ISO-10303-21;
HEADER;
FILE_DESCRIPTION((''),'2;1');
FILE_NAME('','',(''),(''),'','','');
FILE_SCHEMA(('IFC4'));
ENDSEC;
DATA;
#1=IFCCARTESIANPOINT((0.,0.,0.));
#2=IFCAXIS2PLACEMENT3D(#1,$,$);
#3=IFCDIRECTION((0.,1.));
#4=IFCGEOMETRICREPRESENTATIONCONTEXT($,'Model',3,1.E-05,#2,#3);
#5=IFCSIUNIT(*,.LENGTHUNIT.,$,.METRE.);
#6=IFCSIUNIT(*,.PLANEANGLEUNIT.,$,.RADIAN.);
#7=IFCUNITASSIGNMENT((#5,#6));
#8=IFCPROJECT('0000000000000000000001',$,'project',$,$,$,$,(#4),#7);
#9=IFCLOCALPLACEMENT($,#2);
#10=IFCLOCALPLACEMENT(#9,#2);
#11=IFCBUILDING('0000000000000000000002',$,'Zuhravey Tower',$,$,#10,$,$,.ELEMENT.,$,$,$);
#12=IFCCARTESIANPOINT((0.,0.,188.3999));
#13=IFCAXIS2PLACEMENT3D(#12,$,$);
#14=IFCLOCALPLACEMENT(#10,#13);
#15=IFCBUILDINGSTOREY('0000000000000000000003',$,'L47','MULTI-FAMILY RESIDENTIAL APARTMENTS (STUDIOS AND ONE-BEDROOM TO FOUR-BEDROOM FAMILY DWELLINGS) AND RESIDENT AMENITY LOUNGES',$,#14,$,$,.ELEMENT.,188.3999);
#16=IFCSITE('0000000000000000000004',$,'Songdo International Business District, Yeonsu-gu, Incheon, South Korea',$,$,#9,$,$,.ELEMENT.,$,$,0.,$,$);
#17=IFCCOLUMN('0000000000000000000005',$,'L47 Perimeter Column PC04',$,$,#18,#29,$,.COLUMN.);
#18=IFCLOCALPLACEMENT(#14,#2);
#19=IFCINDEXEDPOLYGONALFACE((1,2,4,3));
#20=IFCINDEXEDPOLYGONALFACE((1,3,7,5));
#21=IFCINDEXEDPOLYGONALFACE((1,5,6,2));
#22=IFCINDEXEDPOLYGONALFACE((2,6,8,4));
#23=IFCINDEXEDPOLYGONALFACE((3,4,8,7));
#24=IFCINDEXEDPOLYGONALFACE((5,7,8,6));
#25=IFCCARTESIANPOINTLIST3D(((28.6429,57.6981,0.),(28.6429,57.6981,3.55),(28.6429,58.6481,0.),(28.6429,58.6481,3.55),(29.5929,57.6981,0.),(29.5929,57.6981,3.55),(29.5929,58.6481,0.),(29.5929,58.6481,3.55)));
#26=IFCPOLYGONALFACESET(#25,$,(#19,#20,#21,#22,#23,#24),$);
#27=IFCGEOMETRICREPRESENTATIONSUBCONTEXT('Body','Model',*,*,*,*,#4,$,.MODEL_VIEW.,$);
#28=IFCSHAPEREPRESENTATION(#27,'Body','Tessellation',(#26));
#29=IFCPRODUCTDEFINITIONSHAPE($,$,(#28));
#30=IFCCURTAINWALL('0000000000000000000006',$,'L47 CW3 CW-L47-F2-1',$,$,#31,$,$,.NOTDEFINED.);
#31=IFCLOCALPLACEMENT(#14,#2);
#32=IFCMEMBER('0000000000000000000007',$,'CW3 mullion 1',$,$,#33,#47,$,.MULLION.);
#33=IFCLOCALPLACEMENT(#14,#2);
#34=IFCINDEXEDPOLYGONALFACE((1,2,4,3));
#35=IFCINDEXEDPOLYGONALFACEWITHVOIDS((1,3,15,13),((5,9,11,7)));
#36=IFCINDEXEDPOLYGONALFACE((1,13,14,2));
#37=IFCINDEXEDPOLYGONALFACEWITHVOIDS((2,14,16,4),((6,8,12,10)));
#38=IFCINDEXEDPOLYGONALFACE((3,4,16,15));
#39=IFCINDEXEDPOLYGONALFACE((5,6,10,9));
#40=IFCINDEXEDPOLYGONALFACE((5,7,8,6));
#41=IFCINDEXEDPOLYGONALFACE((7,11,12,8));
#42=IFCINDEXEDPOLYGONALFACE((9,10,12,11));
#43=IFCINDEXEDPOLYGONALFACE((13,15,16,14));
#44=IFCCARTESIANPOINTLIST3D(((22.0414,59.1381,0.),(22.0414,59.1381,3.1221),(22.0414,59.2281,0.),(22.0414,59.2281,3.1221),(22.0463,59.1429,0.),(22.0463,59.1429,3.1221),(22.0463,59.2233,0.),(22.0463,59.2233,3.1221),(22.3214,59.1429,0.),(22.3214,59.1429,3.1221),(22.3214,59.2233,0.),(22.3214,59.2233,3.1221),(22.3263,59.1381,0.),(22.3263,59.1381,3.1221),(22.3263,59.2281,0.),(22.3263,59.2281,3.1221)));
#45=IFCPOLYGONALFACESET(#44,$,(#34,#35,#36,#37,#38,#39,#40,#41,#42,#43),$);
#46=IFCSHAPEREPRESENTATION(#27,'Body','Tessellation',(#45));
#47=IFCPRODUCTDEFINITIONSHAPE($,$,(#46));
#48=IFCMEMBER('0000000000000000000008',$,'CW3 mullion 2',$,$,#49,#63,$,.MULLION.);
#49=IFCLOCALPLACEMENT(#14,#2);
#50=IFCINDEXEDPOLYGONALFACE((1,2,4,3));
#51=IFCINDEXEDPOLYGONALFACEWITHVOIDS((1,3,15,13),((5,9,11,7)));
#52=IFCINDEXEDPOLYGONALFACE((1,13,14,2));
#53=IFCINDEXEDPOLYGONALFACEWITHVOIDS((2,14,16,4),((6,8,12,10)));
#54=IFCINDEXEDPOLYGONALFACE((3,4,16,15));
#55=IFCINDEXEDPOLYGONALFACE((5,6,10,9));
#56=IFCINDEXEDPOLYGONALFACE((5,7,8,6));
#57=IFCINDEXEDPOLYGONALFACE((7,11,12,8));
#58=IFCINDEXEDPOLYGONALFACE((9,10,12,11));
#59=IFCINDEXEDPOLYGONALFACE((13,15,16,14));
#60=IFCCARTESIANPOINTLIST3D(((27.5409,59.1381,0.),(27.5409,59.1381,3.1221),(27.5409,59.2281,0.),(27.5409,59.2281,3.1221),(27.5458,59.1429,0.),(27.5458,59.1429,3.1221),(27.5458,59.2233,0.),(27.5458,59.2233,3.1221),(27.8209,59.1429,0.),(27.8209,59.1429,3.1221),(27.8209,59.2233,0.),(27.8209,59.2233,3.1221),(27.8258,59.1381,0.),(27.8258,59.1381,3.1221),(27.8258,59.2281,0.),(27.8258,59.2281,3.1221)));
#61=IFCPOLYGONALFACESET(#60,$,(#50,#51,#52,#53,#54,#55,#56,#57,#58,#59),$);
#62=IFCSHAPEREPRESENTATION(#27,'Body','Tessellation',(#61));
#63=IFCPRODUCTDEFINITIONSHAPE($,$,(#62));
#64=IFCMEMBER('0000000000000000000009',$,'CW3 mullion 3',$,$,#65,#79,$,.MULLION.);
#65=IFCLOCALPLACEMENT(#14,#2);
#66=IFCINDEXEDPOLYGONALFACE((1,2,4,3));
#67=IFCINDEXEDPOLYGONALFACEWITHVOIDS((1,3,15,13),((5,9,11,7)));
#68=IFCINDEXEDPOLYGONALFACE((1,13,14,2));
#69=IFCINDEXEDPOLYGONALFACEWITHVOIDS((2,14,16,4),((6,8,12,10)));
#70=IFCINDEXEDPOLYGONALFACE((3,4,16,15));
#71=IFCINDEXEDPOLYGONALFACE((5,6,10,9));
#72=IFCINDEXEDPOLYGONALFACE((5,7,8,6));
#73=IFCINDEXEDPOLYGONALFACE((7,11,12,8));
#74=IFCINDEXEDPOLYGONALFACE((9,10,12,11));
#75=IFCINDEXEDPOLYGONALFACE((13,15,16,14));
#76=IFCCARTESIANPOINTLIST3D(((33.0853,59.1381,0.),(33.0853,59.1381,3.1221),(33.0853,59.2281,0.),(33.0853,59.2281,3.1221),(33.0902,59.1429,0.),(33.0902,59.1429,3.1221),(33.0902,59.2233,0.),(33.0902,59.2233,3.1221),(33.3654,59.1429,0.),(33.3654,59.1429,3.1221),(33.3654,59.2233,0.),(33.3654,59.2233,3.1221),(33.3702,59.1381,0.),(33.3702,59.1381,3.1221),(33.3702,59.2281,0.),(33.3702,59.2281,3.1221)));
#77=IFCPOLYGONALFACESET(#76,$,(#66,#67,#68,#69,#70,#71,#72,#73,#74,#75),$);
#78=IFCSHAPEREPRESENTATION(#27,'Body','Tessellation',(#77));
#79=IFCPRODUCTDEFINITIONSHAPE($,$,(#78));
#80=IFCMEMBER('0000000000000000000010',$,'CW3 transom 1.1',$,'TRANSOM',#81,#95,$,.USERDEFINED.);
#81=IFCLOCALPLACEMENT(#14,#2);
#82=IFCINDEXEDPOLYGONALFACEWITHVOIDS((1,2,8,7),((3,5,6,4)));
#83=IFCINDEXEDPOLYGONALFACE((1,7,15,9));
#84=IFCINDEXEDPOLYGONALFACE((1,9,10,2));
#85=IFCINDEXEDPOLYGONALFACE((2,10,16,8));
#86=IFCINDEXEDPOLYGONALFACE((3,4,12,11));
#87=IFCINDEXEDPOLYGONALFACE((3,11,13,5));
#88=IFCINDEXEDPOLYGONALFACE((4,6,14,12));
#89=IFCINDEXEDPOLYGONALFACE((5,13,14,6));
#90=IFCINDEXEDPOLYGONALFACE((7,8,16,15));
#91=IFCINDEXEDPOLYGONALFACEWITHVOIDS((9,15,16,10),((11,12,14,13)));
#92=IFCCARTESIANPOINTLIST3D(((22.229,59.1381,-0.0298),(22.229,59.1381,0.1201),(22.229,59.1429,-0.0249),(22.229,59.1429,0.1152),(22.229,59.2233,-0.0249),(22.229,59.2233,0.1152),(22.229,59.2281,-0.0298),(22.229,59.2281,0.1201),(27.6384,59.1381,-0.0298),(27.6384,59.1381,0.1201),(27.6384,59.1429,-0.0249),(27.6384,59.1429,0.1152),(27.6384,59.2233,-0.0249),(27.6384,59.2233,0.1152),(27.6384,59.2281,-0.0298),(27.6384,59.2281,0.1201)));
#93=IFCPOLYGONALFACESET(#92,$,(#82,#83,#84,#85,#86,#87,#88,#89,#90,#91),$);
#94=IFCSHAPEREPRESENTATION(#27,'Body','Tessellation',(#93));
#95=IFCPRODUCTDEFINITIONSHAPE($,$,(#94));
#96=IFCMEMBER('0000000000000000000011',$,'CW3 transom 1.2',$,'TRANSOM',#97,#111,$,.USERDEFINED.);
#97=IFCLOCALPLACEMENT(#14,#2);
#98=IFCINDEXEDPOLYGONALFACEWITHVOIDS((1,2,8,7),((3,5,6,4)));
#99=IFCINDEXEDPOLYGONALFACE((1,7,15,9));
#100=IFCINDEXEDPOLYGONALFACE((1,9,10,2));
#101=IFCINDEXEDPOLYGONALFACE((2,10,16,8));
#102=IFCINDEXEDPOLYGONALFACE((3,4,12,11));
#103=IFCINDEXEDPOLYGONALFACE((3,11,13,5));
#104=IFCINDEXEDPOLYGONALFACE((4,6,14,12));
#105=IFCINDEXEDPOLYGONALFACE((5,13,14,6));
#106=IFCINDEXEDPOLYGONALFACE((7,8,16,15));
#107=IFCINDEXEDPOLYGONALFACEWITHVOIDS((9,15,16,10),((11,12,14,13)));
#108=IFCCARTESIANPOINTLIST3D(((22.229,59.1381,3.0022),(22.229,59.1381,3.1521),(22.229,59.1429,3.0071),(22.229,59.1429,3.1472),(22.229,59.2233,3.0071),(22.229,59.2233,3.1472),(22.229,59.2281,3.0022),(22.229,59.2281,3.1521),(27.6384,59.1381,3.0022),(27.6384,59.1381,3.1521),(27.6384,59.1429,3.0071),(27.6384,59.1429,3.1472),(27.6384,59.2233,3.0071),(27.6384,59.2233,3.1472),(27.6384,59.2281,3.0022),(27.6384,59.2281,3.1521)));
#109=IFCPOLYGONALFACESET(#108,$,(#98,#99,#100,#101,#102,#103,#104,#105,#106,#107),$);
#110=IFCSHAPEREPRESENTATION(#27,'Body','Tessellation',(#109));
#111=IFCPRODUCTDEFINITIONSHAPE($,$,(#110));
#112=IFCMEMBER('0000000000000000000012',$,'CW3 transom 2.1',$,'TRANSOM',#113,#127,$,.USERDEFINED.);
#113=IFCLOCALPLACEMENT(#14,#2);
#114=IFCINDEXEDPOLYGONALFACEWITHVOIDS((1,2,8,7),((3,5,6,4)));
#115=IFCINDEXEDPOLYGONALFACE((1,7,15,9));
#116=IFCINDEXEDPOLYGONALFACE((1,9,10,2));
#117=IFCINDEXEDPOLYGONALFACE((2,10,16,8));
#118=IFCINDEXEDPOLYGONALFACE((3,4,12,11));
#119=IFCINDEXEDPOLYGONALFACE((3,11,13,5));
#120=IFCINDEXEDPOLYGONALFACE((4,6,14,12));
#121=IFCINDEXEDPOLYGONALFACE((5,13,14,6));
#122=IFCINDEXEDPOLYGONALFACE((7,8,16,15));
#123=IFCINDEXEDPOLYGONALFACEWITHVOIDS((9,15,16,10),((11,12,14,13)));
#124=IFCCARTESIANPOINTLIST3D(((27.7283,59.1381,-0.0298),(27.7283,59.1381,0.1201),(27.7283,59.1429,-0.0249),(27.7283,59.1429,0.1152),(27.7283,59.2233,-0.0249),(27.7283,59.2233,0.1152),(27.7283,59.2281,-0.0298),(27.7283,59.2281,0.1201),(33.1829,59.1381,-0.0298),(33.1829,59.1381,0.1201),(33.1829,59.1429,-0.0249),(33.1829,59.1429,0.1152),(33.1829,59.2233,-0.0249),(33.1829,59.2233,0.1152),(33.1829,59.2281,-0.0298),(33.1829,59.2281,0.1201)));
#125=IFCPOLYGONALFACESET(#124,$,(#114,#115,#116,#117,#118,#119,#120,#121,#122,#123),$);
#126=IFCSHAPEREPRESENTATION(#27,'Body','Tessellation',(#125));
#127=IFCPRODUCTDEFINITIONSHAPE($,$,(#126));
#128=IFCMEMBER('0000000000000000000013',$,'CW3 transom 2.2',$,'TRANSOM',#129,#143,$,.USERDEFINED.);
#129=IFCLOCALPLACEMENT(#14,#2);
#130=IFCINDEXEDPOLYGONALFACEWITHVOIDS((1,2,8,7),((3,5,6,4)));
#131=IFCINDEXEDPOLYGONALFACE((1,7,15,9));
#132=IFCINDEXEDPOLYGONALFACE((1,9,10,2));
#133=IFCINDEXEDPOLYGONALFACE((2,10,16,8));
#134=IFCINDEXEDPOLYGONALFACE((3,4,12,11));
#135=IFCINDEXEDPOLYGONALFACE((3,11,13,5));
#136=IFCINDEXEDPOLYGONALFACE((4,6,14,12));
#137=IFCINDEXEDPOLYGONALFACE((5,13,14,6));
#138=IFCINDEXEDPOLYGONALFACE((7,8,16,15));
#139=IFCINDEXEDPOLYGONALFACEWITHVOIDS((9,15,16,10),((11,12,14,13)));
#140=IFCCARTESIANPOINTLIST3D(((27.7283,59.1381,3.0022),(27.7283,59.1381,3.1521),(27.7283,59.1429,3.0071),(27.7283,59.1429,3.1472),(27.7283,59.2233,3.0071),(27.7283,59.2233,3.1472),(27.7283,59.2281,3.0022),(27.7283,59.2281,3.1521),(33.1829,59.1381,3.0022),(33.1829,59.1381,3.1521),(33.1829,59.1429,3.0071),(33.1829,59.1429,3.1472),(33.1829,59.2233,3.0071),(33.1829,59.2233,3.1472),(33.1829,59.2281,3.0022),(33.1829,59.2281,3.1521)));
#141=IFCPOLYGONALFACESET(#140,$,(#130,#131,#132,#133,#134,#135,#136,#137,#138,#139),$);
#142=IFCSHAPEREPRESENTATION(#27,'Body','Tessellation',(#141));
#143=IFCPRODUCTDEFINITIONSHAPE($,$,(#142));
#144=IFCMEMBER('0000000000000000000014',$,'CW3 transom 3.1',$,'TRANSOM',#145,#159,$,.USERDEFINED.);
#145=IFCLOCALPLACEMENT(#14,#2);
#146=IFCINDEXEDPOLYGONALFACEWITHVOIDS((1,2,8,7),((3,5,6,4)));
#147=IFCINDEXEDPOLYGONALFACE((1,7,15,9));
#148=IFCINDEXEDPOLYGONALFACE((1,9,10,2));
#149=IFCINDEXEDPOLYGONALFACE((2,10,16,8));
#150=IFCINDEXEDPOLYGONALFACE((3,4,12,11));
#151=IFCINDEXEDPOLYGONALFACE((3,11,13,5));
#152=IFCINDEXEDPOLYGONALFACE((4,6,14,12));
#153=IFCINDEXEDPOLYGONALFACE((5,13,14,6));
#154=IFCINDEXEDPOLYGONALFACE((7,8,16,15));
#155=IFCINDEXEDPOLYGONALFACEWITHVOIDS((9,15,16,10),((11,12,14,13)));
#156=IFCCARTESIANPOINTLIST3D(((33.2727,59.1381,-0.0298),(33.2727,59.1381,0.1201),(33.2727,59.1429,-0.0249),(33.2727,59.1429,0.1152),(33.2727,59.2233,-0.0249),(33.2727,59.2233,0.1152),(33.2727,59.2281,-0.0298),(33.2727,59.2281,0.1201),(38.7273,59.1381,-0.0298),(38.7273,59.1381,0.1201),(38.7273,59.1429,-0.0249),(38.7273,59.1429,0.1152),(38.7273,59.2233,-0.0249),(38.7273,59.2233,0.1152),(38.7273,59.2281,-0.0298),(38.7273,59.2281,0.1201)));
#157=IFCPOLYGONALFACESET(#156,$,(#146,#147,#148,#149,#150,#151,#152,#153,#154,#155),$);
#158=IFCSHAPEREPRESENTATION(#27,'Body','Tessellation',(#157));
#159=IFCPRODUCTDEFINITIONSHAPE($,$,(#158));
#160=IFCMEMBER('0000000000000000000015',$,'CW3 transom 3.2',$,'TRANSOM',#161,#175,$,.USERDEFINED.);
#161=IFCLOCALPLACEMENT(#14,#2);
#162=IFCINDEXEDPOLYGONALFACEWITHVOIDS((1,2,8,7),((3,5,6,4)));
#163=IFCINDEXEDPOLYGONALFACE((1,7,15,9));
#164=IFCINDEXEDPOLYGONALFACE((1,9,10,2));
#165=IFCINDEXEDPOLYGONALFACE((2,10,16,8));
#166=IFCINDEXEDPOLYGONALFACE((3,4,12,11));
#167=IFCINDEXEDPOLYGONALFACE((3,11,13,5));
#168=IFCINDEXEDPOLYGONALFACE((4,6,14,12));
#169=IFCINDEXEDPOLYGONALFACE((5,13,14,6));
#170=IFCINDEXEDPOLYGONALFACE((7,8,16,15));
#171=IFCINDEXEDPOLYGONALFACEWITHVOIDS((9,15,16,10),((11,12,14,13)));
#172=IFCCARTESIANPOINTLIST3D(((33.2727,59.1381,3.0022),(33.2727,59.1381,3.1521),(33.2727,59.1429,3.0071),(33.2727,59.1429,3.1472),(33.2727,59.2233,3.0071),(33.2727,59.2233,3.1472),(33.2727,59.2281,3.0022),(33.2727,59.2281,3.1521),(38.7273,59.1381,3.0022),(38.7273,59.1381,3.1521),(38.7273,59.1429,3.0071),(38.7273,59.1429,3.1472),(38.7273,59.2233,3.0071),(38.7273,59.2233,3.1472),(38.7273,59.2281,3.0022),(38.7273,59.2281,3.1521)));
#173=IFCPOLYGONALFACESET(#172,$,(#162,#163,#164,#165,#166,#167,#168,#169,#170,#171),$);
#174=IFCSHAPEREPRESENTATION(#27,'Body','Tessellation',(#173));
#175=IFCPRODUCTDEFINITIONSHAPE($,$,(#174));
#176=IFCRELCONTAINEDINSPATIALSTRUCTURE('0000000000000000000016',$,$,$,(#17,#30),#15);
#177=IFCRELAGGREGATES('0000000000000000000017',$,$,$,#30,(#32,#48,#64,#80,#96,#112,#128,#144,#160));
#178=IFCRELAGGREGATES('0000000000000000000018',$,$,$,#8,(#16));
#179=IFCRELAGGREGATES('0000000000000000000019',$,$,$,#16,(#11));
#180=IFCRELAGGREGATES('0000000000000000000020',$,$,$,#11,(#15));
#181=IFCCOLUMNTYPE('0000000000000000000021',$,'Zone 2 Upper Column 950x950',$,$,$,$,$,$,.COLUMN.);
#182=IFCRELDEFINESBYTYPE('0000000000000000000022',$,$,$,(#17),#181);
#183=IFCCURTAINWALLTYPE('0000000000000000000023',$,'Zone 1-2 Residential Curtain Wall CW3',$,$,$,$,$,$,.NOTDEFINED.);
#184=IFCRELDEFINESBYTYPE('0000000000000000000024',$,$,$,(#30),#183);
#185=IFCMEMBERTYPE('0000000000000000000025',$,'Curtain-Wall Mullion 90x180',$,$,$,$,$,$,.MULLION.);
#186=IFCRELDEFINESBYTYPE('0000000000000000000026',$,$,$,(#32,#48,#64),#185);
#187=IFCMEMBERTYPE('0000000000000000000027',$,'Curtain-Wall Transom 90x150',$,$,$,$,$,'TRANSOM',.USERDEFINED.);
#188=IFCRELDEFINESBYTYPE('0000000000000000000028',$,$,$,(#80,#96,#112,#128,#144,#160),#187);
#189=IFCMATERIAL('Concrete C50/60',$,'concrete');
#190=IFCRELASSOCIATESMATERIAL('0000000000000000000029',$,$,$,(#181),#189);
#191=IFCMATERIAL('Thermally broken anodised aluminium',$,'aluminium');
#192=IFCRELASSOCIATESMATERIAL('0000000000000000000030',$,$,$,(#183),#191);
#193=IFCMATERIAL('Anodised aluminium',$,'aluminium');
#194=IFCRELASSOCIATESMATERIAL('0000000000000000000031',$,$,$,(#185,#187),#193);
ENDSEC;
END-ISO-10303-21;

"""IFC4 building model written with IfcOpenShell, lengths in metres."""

from ifc_helpers import new_model, si_unit, direction, frame, origin, origin_2d, place, context, subcontext, project, spatial, rectangle, hollow_rectangle, extrude, material, material_profile, profile_set, type_object, element, aggregate, save


model = new_model("IFC4")

# Units and contexts
model_context = context("Model", 3, precision=1e-05, world=origin(), true_north=direction((0.0, 1.0)))
body_context = subcontext(model_context, "Body", "Model", "MODEL_VIEW")
ifc_project = project(units=[si_unit("LENGTHUNIT", "METRE"), si_unit("PLANEANGLEUNIT", "RADIAN")], contexts=[model_context])

# Site, building, storey
site_placement = place(None, origin())
site = spatial("IfcSite", under=ifc_project, at=site_placement, Name="Songdo International Business District, Yeonsu-gu, Incheon, South Korea", CompositionType="ELEMENT", RefElevation=0.0)
building_placement = place(site_placement, origin())
building = spatial("IfcBuilding", under=site, at=building_placement, Name="Zuhravey Tower", CompositionType="ELEMENT")
storey_placement = place(building_placement, frame((0.0, 0.0, 188.3999)))
storey = spatial("IfcBuildingStorey", under=building, at=storey_placement, Name="L47", Description="MULTI-FAMILY RESIDENTIAL APARTMENTS (STUDIOS AND ONE-BEDROOM TO FOUR-BEDROOM FAMILY DWELLINGS) AND RESIDENT AMENITY LOUNGES", CompositionType="ELEMENT", Elevation=188.3999)

# Column
ifc_material_1 = material(Name="Concrete C50/60", Category="concrete")
ifc_material_profile_1 = material_profile(ifc_material_1, rectangle(XDim=0.95, YDim=0.95, at=origin_2d()), Name="RC-950x950")
ifc_profile_set_1 = profile_set([ifc_material_profile_1], Name="Concrete C50/60")
column_type = type_object("IfcColumnType", Name="Zone 2 Upper Column 950x950", PredefinedType="COLUMN", material=ifc_profile_set_1)
column_placement = place(storey_placement, frame((29.1179, 58.1731, 0.0), z_axis=(0.0, 0.0, 1.0), x_axis=(-1.0, 0.0, 0.0)))
element("IfcColumn", 1, at=column_placement, inside=storey, type_object=column_type, Name="L47 Perimeter Column PC04", PredefinedType="COLUMN", context=body_context, shape_type="SweptSolid", body=[
    extrude(rectangle(XDim=0.95, YDim=0.95, at=origin_2d()), origin(), (0.0, 0.0, 1.0), 3.55),
])

# Curtain wall, members
ifc_material_2 = material(Name="Thermally broken anodised aluminium", Category="aluminium")
curtain_wall_type = type_object("IfcCurtainWallType", Name="Zone 1-2 Residential Curtain Wall CW3", PredefinedType="NOTDEFINED", material=ifc_material_2)
curtain_wall_placement = place(storey_placement, origin())
curtain_wall = element("IfcCurtainWall", 2, at=curtain_wall_placement, inside=storey, type_object=curtain_wall_type, Name="L47 CW3 CW-L47-F2-1", PredefinedType="NOTDEFINED")
ifc_material_3 = material(Name="Anodised aluminium", Category="aluminium")
ifc_material_profile_2 = material_profile(ifc_material_3, hollow_rectangle(XDim=0.0901, YDim=0.2849, WallThickness=0.0049, at=origin_2d()), Name="ALU-RHS-90x285x5")
ifc_profile_set_2 = profile_set([ifc_material_profile_2], Name="Anodised aluminium")
member_type_1 = type_object("IfcMemberType", Name="Curtain-Wall Mullion 90x180", PredefinedType="MULLION", material=ifc_profile_set_2)
member_1_placement = place(storey_placement, frame((22.1838, 59.1831, 0.0), z_axis=(0.0, 0.0, 1.0), x_axis=(0.0, 1.0, 0.0)))
member_1 = element("IfcMember", 3, at=member_1_placement, type_object=member_type_1, Name="CW3 mullion 1", PredefinedType="MULLION", context=body_context, shape_type="SweptSolid", body=[
    extrude(hollow_rectangle(XDim=0.0901, YDim=0.2849, WallThickness=0.0049, at=origin_2d()), origin(), (0.0, 0.0, 1.0), 3.1221),
])
member_2_placement = place(storey_placement, frame((27.6833, 59.1831, 0.0), z_axis=(0.0, 0.0, 1.0), x_axis=(0.0, 1.0, 0.0)))
member_2 = element("IfcMember", 4, at=member_2_placement, type_object=member_type_1, Name="CW3 mullion 2", PredefinedType="MULLION", context=body_context, shape_type="SweptSolid", body=[
    extrude(hollow_rectangle(XDim=0.0901, YDim=0.2849, WallThickness=0.0049, at=origin_2d()), origin(), (0.0, 0.0, 1.0), 3.1221),
])
member_3_placement = place(storey_placement, frame((33.2278, 59.1831, 0.0), z_axis=(0.0, 0.0, 1.0), x_axis=(0.0, 1.0, 0.0)))
member_3 = element("IfcMember", 5, at=member_3_placement, type_object=member_type_1, Name="CW3 mullion 3", PredefinedType="MULLION", context=body_context, shape_type="SweptSolid", body=[
    extrude(hollow_rectangle(XDim=0.0901, YDim=0.2849, WallThickness=0.0049, at=origin_2d()), origin(), (0.0, 0.0, 1.0), 3.1221),
])
ifc_material_profile_3 = material_profile(ifc_material_3, hollow_rectangle(XDim=0.0901, YDim=0.1499, WallThickness=0.0049, at=origin_2d()), Name="ALU-RHS-90x150x5")
ifc_profile_set_3 = profile_set([ifc_material_profile_3], Name="Anodised aluminium")
member_type_2 = type_object("IfcMemberType", Name="Curtain-Wall Transom 90x150", ElementType="TRANSOM", PredefinedType="USERDEFINED", material=ifc_profile_set_3)
member_4_placement = place(storey_placement, frame((22.229, 59.1831, 0.0452), z_axis=(1.0, 0.0, 0.0), x_axis=(0.0, 1.0, 0.0)))
member_4 = element("IfcMember", 6, at=member_4_placement, type_object=member_type_2, Name="CW3 transom 1.1", ObjectType="TRANSOM", PredefinedType="USERDEFINED", context=body_context, shape_type="SweptSolid", body=[
    extrude(hollow_rectangle(XDim=0.0901, YDim=0.1499, WallThickness=0.0049, at=origin_2d()), origin(), (0.0, 0.0, 1.0), 5.4094),
])
member_5_placement = place(storey_placement, frame((22.229, 59.1831, 3.0771), z_axis=(1.0, 0.0, 0.0), x_axis=(0.0, 1.0, 0.0)))
member_5 = element("IfcMember", 7, at=member_5_placement, type_object=member_type_2, Name="CW3 transom 1.2", ObjectType="TRANSOM", PredefinedType="USERDEFINED", context=body_context, shape_type="SweptSolid", body=[
    extrude(hollow_rectangle(XDim=0.0901, YDim=0.1499, WallThickness=0.0049, at=origin_2d()), origin(), (0.0, 0.0, 1.0), 5.4094),
])
member_6_placement = place(storey_placement, frame((27.7283, 59.1831, 0.0452), z_axis=(1.0, 0.0, 0.0), x_axis=(0.0, 1.0, 0.0)))
member_6 = element("IfcMember", 8, at=member_6_placement, type_object=member_type_2, Name="CW3 transom 2.1", ObjectType="TRANSOM", PredefinedType="USERDEFINED", context=body_context, shape_type="SweptSolid", body=[
    extrude(hollow_rectangle(XDim=0.0901, YDim=0.1499, WallThickness=0.0049, at=origin_2d()), origin(), (0.0, 0.0, 1.0), 5.4546),
])
member_7_placement = place(storey_placement, frame((27.7283, 59.1831, 3.0771), z_axis=(1.0, 0.0, 0.0), x_axis=(0.0, 1.0, 0.0)))
member_7 = element("IfcMember", 9, at=member_7_placement, type_object=member_type_2, Name="CW3 transom 2.2", ObjectType="TRANSOM", PredefinedType="USERDEFINED", context=body_context, shape_type="SweptSolid", body=[
    extrude(hollow_rectangle(XDim=0.0901, YDim=0.1499, WallThickness=0.0049, at=origin_2d()), origin(), (0.0, 0.0, 1.0), 5.4546),
])
member_8_placement = place(storey_placement, frame((33.2727, 59.1831, 0.0452), z_axis=(1.0, 0.0, 0.0), x_axis=(0.0, 1.0, 0.0)))
member_8 = element("IfcMember", 10, at=member_8_placement, type_object=member_type_2, Name="CW3 transom 3.1", ObjectType="TRANSOM", PredefinedType="USERDEFINED", context=body_context, shape_type="SweptSolid", body=[
    extrude(hollow_rectangle(XDim=0.0901, YDim=0.1499, WallThickness=0.0049, at=origin_2d()), origin(), (0.0, 0.0, 1.0), 5.4546),
])
member_9_placement = place(storey_placement, frame((33.2727, 59.1831, 3.0771), z_axis=(1.0, 0.0, 0.0), x_axis=(0.0, 1.0, 0.0)))
member_9 = element("IfcMember", 11, at=member_9_placement, type_object=member_type_2, Name="CW3 transom 3.2", ObjectType="TRANSOM", PredefinedType="USERDEFINED", context=body_context, shape_type="SweptSolid", body=[
    extrude(hollow_rectangle(XDim=0.0901, YDim=0.1499, WallThickness=0.0049, at=origin_2d()), origin(), (0.0, 0.0, 1.0), 5.4546),
])

aggregate(curtain_wall, [member_1, member_2, member_3, member_4, member_5, member_6, member_7, member_8, member_9])

save(model, "model.ifc")
